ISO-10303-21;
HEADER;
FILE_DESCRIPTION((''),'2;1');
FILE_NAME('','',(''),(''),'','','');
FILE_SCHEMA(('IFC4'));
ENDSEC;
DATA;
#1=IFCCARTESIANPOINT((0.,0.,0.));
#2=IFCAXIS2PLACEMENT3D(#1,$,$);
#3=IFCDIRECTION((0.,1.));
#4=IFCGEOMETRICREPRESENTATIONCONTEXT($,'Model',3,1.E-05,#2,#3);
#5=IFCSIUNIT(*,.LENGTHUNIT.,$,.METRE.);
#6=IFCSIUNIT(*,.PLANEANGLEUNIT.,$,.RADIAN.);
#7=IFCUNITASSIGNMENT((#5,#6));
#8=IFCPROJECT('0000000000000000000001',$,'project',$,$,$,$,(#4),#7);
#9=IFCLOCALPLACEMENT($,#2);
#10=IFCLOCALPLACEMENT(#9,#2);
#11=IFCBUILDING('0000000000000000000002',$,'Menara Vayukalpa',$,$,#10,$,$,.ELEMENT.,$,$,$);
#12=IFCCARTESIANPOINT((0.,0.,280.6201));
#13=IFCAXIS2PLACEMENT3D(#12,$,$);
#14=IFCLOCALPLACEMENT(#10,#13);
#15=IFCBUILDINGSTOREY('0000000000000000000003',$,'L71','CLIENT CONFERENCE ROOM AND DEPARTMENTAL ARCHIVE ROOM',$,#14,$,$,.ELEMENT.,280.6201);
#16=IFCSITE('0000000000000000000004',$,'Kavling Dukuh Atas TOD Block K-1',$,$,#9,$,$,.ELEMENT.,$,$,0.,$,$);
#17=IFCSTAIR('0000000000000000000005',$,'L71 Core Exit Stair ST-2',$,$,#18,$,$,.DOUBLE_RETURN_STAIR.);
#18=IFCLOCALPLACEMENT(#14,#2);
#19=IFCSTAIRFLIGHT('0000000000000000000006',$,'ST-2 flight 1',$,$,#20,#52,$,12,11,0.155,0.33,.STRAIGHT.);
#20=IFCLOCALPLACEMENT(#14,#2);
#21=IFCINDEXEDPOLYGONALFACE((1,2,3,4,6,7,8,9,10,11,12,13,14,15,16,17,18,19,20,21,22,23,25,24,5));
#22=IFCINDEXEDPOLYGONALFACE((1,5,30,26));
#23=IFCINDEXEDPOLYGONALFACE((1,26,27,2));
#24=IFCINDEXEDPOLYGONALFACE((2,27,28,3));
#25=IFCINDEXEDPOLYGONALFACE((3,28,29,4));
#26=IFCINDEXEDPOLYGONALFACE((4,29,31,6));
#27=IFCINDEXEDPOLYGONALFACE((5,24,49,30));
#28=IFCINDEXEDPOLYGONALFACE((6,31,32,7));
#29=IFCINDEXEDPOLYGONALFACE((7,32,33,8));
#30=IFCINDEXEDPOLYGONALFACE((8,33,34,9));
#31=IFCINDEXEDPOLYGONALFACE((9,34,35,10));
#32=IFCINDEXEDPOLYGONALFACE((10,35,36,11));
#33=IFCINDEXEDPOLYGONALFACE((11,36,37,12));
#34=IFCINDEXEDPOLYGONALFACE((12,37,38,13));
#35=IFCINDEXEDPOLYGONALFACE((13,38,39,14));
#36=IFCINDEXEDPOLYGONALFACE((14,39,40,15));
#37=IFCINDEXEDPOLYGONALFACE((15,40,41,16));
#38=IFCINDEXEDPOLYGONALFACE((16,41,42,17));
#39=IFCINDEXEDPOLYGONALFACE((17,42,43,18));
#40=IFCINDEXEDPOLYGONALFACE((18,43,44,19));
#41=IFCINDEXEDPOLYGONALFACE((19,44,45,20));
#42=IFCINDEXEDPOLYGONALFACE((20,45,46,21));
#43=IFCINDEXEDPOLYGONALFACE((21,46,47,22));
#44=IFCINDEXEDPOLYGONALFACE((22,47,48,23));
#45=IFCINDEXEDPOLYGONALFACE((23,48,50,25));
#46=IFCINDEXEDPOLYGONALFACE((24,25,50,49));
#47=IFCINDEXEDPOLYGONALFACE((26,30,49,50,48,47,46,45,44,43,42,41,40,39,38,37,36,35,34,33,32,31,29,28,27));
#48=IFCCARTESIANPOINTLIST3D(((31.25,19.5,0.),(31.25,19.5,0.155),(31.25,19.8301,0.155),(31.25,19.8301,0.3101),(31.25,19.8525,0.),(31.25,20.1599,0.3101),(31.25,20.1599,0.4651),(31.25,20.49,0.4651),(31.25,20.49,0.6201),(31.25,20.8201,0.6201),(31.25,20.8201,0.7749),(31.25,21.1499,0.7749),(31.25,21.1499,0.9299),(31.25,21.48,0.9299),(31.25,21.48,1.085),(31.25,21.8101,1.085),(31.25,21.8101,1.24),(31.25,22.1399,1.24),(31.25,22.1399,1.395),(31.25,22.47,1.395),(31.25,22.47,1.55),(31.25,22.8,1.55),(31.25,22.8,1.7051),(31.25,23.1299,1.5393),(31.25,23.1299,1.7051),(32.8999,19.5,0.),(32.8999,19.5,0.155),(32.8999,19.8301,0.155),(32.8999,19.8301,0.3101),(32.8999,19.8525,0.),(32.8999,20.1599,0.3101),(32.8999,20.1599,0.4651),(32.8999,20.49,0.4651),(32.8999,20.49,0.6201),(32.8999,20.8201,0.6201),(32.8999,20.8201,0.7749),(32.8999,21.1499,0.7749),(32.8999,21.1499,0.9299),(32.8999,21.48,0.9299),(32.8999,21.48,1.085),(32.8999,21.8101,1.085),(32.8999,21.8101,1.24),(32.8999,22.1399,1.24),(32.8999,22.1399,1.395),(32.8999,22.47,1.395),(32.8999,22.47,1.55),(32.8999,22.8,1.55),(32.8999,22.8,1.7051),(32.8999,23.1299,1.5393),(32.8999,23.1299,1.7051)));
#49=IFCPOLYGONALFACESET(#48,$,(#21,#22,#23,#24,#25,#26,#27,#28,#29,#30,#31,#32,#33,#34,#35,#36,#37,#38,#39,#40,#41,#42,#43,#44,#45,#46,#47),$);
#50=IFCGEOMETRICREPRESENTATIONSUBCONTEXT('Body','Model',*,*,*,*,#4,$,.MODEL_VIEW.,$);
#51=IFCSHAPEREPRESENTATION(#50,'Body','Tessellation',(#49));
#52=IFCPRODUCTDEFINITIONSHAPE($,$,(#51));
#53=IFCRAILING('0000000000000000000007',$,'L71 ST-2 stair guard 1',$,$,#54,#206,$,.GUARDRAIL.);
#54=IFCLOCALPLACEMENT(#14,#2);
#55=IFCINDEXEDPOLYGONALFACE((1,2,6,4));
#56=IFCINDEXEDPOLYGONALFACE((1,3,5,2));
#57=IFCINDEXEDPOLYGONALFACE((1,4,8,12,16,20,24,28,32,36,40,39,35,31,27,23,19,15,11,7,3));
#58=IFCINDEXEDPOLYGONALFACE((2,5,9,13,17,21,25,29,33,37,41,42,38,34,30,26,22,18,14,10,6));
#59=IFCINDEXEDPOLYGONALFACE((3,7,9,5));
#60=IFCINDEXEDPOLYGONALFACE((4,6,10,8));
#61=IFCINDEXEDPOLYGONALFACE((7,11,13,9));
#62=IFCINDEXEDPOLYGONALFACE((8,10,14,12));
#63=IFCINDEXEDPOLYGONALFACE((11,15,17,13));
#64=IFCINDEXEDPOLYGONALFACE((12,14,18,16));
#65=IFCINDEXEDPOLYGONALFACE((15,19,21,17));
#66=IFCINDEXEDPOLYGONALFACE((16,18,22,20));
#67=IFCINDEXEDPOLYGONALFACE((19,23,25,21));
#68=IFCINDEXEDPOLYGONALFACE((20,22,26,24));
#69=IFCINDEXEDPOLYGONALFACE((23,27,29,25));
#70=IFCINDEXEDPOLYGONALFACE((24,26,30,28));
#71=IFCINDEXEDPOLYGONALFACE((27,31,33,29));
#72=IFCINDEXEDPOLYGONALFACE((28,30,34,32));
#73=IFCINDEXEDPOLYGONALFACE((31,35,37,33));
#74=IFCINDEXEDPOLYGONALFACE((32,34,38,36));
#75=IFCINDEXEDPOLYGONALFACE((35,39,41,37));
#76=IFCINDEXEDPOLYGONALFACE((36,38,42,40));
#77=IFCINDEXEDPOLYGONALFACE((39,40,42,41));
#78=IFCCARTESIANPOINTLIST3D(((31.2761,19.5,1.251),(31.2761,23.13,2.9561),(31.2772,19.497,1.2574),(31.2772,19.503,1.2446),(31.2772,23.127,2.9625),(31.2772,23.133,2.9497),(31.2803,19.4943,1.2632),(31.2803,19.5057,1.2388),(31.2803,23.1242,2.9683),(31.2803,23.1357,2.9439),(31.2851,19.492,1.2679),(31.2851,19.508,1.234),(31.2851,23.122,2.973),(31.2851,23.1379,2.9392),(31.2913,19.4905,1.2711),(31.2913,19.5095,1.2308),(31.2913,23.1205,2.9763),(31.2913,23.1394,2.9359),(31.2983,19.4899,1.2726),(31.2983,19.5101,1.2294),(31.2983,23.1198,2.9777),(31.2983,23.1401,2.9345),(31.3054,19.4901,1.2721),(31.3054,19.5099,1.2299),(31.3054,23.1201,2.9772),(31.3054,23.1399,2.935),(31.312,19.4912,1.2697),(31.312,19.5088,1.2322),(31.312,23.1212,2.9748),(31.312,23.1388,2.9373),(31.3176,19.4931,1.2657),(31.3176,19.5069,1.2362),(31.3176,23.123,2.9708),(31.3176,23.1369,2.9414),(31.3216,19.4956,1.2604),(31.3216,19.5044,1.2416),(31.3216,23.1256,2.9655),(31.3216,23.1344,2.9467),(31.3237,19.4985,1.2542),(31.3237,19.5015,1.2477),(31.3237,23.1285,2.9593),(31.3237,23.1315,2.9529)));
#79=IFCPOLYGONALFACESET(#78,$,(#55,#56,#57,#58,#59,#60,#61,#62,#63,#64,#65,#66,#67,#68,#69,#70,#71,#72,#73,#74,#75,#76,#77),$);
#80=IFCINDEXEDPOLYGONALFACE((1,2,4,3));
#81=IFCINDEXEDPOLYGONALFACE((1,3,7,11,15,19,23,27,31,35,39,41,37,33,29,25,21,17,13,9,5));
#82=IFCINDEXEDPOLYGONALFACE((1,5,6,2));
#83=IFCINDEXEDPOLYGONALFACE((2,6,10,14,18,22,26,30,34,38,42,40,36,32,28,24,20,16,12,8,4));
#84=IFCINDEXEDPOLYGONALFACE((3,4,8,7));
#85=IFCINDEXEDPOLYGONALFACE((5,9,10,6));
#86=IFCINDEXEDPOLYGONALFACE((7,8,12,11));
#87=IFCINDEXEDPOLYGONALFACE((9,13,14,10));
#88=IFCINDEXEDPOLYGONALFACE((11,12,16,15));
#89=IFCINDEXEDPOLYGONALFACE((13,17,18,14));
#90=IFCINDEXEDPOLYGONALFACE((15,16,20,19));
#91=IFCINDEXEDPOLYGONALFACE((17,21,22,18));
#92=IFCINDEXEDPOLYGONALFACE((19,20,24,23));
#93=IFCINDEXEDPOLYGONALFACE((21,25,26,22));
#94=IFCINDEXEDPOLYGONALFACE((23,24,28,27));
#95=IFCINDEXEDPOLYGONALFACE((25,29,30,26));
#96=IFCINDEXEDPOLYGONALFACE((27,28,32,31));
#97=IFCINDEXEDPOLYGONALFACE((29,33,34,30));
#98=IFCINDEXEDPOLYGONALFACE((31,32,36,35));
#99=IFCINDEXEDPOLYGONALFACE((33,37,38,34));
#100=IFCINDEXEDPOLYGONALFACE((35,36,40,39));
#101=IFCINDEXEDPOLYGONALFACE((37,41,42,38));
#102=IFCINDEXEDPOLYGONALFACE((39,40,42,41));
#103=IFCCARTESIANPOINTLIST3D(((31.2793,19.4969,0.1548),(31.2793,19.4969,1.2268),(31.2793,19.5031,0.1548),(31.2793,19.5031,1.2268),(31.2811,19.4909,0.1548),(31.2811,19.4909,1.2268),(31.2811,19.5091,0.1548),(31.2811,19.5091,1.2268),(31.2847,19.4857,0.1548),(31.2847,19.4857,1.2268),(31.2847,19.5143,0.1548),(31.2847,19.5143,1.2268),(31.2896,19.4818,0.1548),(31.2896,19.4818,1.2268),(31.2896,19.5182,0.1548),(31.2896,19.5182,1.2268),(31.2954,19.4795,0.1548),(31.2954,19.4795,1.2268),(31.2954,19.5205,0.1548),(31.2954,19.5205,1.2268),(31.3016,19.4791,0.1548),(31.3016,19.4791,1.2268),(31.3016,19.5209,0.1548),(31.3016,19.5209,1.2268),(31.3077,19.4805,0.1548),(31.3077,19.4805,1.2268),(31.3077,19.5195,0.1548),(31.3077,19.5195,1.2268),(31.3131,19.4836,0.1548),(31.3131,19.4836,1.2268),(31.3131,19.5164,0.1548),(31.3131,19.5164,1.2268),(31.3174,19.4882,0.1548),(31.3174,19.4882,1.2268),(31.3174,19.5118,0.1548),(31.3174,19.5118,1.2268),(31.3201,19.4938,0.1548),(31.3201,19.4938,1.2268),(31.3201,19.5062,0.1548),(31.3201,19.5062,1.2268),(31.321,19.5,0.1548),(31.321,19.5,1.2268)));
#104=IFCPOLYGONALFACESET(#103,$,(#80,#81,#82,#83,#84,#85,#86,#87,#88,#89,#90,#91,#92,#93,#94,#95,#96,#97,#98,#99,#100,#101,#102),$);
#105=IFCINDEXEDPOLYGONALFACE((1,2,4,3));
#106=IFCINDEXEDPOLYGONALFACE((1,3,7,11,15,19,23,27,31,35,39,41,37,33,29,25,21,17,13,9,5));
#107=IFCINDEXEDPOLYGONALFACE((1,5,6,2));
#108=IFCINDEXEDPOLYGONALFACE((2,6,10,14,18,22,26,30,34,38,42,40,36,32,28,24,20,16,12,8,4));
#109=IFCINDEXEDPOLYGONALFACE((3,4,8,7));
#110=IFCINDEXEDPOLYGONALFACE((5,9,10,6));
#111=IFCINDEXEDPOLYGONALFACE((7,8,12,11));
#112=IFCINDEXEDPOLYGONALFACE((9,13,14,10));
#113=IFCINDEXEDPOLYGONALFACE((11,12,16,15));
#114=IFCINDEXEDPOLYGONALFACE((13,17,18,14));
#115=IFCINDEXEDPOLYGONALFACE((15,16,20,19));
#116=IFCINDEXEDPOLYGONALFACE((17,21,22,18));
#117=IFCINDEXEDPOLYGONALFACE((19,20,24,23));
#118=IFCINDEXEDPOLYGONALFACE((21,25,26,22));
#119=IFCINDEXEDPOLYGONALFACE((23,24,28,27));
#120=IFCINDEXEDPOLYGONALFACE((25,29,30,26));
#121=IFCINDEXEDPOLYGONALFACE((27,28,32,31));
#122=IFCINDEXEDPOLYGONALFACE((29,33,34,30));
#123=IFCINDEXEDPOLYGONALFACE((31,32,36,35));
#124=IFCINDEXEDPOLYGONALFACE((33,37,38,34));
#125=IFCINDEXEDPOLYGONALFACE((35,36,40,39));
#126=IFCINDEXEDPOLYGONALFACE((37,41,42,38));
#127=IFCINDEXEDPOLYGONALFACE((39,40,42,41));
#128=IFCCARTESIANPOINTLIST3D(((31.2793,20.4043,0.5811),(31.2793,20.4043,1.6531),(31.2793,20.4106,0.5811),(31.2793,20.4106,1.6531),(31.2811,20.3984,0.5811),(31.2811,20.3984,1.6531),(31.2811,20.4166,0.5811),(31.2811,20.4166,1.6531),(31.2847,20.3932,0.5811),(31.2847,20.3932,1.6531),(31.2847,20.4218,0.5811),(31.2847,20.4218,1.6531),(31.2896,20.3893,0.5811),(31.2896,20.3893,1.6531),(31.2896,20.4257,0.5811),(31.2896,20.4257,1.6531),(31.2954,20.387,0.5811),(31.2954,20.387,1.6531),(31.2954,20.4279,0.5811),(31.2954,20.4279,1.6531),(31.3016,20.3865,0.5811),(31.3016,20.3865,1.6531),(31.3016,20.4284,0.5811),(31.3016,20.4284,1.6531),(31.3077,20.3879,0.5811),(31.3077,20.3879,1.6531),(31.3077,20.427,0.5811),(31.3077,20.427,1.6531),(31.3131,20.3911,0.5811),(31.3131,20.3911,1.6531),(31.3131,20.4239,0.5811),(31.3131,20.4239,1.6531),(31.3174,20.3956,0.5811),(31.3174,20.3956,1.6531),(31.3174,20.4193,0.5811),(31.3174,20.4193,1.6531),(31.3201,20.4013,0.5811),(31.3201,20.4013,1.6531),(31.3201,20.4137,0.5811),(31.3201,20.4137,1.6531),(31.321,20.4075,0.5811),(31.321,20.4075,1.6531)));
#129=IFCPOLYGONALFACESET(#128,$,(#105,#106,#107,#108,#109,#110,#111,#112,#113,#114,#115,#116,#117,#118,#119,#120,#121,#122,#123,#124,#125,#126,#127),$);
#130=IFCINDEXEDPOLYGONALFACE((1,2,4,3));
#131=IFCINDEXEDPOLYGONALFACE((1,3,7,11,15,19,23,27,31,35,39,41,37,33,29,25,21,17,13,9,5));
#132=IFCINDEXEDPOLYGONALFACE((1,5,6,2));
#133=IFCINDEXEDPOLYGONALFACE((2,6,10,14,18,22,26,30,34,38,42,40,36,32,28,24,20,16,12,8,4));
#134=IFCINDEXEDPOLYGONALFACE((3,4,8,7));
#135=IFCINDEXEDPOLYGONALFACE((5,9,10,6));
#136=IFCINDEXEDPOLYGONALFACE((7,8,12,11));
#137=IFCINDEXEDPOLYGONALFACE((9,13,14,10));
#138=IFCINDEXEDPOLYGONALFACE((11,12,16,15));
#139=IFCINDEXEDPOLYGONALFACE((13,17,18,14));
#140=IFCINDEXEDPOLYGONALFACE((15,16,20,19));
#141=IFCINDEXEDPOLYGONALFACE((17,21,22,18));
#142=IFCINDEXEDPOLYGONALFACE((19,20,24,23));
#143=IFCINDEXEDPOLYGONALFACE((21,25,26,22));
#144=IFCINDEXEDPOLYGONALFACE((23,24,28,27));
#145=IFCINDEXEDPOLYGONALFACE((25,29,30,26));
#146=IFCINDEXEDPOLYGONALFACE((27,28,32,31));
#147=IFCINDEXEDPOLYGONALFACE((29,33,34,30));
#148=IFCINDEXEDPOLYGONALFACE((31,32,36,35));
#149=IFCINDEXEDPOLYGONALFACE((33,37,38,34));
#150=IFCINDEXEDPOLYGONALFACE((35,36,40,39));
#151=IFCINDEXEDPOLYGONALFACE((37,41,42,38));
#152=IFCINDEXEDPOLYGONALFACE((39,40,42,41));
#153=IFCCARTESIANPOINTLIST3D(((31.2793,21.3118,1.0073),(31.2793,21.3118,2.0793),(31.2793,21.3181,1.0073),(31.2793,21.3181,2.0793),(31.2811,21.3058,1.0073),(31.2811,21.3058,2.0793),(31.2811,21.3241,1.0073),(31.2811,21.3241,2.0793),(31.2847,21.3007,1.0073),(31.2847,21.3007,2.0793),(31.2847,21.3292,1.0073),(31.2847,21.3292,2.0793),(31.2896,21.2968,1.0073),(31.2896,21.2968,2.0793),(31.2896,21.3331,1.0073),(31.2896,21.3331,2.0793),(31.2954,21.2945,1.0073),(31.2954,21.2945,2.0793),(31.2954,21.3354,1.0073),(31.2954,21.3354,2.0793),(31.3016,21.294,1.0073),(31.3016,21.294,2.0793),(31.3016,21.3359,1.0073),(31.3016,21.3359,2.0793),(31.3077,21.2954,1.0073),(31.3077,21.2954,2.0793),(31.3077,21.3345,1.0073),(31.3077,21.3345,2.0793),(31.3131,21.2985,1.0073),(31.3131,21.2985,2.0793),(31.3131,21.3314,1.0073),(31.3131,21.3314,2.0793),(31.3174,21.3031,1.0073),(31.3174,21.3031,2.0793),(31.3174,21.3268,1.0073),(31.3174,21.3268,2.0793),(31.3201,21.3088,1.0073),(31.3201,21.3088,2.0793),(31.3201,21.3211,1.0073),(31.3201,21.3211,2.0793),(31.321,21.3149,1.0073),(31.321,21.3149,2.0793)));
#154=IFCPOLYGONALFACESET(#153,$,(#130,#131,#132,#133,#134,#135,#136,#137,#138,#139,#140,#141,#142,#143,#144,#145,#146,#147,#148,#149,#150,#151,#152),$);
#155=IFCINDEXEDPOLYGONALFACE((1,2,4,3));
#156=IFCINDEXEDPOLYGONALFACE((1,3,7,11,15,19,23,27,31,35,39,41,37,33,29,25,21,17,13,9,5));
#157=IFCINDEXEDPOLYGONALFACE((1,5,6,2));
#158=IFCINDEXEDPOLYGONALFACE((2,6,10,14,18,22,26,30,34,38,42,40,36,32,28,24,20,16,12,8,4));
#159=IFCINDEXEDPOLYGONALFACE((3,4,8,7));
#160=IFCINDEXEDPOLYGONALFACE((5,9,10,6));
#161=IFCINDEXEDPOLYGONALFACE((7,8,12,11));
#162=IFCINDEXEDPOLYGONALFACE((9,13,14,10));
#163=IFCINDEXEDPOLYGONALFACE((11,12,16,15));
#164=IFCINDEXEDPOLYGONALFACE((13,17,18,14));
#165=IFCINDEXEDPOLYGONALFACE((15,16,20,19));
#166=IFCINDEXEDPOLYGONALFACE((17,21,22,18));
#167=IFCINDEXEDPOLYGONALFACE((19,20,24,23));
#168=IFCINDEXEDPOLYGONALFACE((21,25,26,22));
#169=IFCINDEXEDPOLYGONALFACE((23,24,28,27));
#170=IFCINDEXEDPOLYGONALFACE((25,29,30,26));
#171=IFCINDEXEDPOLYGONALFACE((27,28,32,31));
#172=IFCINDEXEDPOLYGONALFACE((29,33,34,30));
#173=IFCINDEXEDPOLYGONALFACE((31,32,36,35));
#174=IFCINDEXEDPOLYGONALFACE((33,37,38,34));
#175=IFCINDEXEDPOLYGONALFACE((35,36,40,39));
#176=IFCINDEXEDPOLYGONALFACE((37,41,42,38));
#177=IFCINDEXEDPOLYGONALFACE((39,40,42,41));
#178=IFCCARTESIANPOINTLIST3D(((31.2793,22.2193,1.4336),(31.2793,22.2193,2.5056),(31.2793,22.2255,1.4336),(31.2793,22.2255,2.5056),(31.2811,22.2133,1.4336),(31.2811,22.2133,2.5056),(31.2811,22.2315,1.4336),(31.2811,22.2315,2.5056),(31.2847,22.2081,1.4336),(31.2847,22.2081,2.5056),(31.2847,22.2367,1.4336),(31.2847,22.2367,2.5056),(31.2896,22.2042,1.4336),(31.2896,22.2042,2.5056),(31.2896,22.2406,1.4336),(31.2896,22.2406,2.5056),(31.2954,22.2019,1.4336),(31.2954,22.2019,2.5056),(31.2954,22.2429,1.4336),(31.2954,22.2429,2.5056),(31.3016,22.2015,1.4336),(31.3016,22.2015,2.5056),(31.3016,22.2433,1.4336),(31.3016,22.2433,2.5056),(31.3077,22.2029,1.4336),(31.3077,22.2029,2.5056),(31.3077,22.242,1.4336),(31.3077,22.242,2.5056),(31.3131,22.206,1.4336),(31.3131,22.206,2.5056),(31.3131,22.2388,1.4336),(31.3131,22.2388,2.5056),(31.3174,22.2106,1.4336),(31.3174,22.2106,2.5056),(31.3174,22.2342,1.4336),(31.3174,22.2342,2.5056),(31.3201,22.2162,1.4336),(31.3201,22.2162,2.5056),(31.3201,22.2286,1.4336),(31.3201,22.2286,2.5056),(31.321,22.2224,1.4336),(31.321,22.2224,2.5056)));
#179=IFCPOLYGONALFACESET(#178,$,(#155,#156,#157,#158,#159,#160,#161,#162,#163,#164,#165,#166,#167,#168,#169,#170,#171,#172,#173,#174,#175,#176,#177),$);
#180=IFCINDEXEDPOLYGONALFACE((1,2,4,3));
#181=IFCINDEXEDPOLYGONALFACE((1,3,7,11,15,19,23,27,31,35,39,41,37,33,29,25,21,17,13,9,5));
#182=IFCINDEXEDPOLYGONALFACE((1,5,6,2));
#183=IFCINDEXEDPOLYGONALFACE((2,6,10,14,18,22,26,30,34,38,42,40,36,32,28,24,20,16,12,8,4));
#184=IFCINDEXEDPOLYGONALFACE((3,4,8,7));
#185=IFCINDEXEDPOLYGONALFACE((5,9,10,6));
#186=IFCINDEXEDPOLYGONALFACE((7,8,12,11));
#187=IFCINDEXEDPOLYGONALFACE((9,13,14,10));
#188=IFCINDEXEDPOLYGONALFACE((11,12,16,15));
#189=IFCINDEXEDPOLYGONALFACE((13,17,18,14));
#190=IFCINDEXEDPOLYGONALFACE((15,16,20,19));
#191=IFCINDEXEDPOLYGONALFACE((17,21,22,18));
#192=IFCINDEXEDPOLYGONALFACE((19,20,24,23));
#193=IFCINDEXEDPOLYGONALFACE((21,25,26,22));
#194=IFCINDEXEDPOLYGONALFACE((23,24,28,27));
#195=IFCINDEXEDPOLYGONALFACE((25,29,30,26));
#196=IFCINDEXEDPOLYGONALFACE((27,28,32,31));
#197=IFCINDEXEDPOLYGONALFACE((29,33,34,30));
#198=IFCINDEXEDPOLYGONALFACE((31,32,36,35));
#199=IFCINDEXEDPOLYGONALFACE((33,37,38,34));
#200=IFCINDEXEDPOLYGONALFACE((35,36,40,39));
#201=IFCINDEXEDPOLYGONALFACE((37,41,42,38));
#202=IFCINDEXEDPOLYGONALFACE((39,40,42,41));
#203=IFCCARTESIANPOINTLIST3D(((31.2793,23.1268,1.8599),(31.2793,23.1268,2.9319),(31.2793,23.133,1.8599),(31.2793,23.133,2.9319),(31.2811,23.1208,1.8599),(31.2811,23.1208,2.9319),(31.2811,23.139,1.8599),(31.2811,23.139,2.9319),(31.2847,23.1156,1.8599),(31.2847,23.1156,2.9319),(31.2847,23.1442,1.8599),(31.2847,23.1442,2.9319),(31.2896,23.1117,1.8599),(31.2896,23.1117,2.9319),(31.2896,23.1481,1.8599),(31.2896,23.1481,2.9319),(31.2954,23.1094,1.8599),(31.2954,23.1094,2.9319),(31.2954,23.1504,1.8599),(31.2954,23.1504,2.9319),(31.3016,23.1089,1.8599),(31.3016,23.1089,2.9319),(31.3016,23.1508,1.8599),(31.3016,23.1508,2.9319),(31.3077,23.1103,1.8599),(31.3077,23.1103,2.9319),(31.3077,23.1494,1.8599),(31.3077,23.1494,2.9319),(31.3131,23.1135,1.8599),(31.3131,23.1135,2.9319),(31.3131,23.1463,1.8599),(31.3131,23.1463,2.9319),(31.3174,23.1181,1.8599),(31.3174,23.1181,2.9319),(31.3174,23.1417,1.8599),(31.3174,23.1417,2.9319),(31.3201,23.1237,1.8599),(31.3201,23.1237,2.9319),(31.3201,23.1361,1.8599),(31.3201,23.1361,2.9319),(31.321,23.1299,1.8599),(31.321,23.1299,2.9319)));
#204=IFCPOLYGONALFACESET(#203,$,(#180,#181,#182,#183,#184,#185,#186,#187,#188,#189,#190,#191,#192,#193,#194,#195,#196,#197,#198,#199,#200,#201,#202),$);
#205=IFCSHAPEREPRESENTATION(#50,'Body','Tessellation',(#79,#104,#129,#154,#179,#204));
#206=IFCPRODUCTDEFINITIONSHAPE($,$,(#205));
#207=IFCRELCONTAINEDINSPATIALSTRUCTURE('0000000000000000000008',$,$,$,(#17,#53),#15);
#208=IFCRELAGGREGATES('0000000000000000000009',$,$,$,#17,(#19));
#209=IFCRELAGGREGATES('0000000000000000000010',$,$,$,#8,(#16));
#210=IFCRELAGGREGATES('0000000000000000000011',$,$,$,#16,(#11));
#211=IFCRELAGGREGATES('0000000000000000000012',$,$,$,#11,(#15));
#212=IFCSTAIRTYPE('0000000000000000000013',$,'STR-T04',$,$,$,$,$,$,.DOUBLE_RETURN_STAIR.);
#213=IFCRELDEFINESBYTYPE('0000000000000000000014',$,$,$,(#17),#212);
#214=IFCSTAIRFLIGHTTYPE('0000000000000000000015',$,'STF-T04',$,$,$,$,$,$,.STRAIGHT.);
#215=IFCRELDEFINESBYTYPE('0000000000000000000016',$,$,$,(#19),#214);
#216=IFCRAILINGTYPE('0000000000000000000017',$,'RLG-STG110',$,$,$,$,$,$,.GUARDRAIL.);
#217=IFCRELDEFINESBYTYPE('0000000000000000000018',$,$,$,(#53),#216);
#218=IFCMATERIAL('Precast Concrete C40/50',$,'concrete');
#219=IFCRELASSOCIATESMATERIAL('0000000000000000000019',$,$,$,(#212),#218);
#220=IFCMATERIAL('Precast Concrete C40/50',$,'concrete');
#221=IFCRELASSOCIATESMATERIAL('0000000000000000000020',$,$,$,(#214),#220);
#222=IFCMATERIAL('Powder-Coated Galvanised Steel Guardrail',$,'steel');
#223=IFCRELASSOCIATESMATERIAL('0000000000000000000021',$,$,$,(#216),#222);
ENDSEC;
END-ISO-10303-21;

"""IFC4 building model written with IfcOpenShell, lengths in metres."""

from ifc_helpers import new_model, si_unit, direction, frame, origin, origin_2d, place, context, subcontext, project, spatial, polyline, circle, outline, extrude, material, type_object, element, aggregate, save


model = new_model("IFC4")

# Units and contexts
model_context = context("Model", 3, precision=1e-05, world=origin(), true_north=direction((0.0, 1.0)))
body_context = subcontext(model_context, "Body", "Model", "MODEL_VIEW")
ifc_project = project(units=[si_unit("LENGTHUNIT", "METRE"), si_unit("PLANEANGLEUNIT", "RADIAN")], contexts=[model_context])

# Site, building, storey
site_placement = place(None, origin())
site = spatial("IfcSite", under=ifc_project, at=site_placement, Name="Kavling Dukuh Atas TOD Block K-1", CompositionType="ELEMENT", RefElevation=0.0)
building_placement = place(site_placement, origin())
building = spatial("IfcBuilding", under=site, at=building_placement, Name="Menara Vayukalpa", CompositionType="ELEMENT")
storey_placement = place(building_placement, frame((0.0, 0.0, 280.6201)))
storey = spatial("IfcBuildingStorey", under=building, at=storey_placement, Name="L71", Description="CLIENT CONFERENCE ROOM AND DEPARTMENTAL ARCHIVE ROOM", CompositionType="ELEMENT", Elevation=280.6201)

# Stair, stair flight
ifc_material_1 = material(Name="Precast Concrete C40/50", Category="concrete")
stair_type = type_object("IfcStairType", Name="STR-T04", PredefinedType="DOUBLE_RETURN_STAIR", material=ifc_material_1)
stair_placement = place(storey_placement, origin())
stair = element("IfcStair", 1, at=stair_placement, inside=storey, type_object=stair_type, Name="L71 Core Exit Stair ST-2", PredefinedType="DOUBLE_RETURN_STAIR")
ifc_material_2 = material(Name="Precast Concrete C40/50", Category="concrete")
stair_flight_type = type_object("IfcStairFlightType", Name="STF-T04", PredefinedType="STRAIGHT", material=ifc_material_2)
stair_flight_placement = place(storey_placement, frame((32.075, 19.5, 0.0), z_axis=(0.0, 0.0, 1.0), x_axis=(0.0, 1.0, 0.0)))
stair_flight = element("IfcStairFlight", 2, at=stair_flight_placement, type_object=stair_flight_type, Name="ST-2 flight 1", NumberOfRisers=12, NumberOfTreads=11, PredefinedType="STRAIGHT", RiserHeight=0.155, TreadLength=0.33, context=body_context, shape_type="SweptSolid", body=[
    extrude(outline(polyline([(0.0, 0.0), (0.0, 0.155), (0.3301, 0.155), (0.3301, 0.3101), (0.6599, 0.3101), (0.6599, 0.4651), (0.99, 0.4651), (0.99, 0.6201), (1.3201, 0.6201), (1.3201, 0.7749), (1.6499, 0.7749), (1.6499, 0.9299), (1.98, 0.9299), (1.98, 1.085), (2.3101, 1.085), (2.3101, 1.24), (2.6399, 1.24), (2.6399, 1.395), (2.97, 1.395), (2.97, 1.55), (3.3, 1.55), (3.3, 1.7051), (3.6299, 1.7051), (3.6299, 1.8601), (3.6299, 1.5393), (0.3525, 0.0), (0.0, 0.0)])), frame((0.0, 0.825, 0.0), z_axis=(0.0, -1.0, 0.0), x_axis=(1.0, 0.0, 0.0)), (0.0, 0.0, 1.0), 1.6499),
])
aggregate(stair, [stair_flight])

# Railing
ifc_material_3 = material(Name="Powder-Coated Galvanised Steel Guardrail", Category="steel")
railing_type_1 = type_object("IfcRailingType", Name="RLG-STG110", PredefinedType="GUARDRAIL", material=ifc_material_3)
railing_1_placement = place(storey_placement, frame((31.3, 19.5, 0.1548)))
element("IfcRailing", 3, at=railing_1_placement, inside=storey, type_object=railing_type_1, Name="L71 ST-2 stair guard 1", PredefinedType="GUARDRAIL", context=body_context, shape_type="SweptSolid", body=[
    extrude(circle(Radius=0.0239, at=origin_2d()), frame((0.0, 0.0, 1.0962), z_axis=(0.0, 0.905116, 0.425164), x_axis=(-1.0, 0.0, 0.0)), (0.0, 0.0, 1.0), 4.0105),
    extrude(circle(Radius=0.021, at=origin_2d()), origin(), (0.0, 0.0, 1.0), 1.072),
    extrude(circle(Radius=0.021, at=origin_2d()), frame((0.0, 0.9075, 0.4263)), (0.0, 0.0, 1.0), 1.072),
    extrude(circle(Radius=0.021, at=origin_2d()), frame((0.0, 1.8149, 0.8525)), (0.0, 0.0, 1.0), 1.072),
    extrude(circle(Radius=0.021, at=origin_2d()), frame((0.0, 2.7224, 1.2788)), (0.0, 0.0, 1.0), 1.072),
    extrude(circle(Radius=0.021, at=origin_2d()), frame((0.0, 3.6299, 1.7051)), (0.0, 0.0, 1.0), 1.072),
])

save(model, "model.ifc")
